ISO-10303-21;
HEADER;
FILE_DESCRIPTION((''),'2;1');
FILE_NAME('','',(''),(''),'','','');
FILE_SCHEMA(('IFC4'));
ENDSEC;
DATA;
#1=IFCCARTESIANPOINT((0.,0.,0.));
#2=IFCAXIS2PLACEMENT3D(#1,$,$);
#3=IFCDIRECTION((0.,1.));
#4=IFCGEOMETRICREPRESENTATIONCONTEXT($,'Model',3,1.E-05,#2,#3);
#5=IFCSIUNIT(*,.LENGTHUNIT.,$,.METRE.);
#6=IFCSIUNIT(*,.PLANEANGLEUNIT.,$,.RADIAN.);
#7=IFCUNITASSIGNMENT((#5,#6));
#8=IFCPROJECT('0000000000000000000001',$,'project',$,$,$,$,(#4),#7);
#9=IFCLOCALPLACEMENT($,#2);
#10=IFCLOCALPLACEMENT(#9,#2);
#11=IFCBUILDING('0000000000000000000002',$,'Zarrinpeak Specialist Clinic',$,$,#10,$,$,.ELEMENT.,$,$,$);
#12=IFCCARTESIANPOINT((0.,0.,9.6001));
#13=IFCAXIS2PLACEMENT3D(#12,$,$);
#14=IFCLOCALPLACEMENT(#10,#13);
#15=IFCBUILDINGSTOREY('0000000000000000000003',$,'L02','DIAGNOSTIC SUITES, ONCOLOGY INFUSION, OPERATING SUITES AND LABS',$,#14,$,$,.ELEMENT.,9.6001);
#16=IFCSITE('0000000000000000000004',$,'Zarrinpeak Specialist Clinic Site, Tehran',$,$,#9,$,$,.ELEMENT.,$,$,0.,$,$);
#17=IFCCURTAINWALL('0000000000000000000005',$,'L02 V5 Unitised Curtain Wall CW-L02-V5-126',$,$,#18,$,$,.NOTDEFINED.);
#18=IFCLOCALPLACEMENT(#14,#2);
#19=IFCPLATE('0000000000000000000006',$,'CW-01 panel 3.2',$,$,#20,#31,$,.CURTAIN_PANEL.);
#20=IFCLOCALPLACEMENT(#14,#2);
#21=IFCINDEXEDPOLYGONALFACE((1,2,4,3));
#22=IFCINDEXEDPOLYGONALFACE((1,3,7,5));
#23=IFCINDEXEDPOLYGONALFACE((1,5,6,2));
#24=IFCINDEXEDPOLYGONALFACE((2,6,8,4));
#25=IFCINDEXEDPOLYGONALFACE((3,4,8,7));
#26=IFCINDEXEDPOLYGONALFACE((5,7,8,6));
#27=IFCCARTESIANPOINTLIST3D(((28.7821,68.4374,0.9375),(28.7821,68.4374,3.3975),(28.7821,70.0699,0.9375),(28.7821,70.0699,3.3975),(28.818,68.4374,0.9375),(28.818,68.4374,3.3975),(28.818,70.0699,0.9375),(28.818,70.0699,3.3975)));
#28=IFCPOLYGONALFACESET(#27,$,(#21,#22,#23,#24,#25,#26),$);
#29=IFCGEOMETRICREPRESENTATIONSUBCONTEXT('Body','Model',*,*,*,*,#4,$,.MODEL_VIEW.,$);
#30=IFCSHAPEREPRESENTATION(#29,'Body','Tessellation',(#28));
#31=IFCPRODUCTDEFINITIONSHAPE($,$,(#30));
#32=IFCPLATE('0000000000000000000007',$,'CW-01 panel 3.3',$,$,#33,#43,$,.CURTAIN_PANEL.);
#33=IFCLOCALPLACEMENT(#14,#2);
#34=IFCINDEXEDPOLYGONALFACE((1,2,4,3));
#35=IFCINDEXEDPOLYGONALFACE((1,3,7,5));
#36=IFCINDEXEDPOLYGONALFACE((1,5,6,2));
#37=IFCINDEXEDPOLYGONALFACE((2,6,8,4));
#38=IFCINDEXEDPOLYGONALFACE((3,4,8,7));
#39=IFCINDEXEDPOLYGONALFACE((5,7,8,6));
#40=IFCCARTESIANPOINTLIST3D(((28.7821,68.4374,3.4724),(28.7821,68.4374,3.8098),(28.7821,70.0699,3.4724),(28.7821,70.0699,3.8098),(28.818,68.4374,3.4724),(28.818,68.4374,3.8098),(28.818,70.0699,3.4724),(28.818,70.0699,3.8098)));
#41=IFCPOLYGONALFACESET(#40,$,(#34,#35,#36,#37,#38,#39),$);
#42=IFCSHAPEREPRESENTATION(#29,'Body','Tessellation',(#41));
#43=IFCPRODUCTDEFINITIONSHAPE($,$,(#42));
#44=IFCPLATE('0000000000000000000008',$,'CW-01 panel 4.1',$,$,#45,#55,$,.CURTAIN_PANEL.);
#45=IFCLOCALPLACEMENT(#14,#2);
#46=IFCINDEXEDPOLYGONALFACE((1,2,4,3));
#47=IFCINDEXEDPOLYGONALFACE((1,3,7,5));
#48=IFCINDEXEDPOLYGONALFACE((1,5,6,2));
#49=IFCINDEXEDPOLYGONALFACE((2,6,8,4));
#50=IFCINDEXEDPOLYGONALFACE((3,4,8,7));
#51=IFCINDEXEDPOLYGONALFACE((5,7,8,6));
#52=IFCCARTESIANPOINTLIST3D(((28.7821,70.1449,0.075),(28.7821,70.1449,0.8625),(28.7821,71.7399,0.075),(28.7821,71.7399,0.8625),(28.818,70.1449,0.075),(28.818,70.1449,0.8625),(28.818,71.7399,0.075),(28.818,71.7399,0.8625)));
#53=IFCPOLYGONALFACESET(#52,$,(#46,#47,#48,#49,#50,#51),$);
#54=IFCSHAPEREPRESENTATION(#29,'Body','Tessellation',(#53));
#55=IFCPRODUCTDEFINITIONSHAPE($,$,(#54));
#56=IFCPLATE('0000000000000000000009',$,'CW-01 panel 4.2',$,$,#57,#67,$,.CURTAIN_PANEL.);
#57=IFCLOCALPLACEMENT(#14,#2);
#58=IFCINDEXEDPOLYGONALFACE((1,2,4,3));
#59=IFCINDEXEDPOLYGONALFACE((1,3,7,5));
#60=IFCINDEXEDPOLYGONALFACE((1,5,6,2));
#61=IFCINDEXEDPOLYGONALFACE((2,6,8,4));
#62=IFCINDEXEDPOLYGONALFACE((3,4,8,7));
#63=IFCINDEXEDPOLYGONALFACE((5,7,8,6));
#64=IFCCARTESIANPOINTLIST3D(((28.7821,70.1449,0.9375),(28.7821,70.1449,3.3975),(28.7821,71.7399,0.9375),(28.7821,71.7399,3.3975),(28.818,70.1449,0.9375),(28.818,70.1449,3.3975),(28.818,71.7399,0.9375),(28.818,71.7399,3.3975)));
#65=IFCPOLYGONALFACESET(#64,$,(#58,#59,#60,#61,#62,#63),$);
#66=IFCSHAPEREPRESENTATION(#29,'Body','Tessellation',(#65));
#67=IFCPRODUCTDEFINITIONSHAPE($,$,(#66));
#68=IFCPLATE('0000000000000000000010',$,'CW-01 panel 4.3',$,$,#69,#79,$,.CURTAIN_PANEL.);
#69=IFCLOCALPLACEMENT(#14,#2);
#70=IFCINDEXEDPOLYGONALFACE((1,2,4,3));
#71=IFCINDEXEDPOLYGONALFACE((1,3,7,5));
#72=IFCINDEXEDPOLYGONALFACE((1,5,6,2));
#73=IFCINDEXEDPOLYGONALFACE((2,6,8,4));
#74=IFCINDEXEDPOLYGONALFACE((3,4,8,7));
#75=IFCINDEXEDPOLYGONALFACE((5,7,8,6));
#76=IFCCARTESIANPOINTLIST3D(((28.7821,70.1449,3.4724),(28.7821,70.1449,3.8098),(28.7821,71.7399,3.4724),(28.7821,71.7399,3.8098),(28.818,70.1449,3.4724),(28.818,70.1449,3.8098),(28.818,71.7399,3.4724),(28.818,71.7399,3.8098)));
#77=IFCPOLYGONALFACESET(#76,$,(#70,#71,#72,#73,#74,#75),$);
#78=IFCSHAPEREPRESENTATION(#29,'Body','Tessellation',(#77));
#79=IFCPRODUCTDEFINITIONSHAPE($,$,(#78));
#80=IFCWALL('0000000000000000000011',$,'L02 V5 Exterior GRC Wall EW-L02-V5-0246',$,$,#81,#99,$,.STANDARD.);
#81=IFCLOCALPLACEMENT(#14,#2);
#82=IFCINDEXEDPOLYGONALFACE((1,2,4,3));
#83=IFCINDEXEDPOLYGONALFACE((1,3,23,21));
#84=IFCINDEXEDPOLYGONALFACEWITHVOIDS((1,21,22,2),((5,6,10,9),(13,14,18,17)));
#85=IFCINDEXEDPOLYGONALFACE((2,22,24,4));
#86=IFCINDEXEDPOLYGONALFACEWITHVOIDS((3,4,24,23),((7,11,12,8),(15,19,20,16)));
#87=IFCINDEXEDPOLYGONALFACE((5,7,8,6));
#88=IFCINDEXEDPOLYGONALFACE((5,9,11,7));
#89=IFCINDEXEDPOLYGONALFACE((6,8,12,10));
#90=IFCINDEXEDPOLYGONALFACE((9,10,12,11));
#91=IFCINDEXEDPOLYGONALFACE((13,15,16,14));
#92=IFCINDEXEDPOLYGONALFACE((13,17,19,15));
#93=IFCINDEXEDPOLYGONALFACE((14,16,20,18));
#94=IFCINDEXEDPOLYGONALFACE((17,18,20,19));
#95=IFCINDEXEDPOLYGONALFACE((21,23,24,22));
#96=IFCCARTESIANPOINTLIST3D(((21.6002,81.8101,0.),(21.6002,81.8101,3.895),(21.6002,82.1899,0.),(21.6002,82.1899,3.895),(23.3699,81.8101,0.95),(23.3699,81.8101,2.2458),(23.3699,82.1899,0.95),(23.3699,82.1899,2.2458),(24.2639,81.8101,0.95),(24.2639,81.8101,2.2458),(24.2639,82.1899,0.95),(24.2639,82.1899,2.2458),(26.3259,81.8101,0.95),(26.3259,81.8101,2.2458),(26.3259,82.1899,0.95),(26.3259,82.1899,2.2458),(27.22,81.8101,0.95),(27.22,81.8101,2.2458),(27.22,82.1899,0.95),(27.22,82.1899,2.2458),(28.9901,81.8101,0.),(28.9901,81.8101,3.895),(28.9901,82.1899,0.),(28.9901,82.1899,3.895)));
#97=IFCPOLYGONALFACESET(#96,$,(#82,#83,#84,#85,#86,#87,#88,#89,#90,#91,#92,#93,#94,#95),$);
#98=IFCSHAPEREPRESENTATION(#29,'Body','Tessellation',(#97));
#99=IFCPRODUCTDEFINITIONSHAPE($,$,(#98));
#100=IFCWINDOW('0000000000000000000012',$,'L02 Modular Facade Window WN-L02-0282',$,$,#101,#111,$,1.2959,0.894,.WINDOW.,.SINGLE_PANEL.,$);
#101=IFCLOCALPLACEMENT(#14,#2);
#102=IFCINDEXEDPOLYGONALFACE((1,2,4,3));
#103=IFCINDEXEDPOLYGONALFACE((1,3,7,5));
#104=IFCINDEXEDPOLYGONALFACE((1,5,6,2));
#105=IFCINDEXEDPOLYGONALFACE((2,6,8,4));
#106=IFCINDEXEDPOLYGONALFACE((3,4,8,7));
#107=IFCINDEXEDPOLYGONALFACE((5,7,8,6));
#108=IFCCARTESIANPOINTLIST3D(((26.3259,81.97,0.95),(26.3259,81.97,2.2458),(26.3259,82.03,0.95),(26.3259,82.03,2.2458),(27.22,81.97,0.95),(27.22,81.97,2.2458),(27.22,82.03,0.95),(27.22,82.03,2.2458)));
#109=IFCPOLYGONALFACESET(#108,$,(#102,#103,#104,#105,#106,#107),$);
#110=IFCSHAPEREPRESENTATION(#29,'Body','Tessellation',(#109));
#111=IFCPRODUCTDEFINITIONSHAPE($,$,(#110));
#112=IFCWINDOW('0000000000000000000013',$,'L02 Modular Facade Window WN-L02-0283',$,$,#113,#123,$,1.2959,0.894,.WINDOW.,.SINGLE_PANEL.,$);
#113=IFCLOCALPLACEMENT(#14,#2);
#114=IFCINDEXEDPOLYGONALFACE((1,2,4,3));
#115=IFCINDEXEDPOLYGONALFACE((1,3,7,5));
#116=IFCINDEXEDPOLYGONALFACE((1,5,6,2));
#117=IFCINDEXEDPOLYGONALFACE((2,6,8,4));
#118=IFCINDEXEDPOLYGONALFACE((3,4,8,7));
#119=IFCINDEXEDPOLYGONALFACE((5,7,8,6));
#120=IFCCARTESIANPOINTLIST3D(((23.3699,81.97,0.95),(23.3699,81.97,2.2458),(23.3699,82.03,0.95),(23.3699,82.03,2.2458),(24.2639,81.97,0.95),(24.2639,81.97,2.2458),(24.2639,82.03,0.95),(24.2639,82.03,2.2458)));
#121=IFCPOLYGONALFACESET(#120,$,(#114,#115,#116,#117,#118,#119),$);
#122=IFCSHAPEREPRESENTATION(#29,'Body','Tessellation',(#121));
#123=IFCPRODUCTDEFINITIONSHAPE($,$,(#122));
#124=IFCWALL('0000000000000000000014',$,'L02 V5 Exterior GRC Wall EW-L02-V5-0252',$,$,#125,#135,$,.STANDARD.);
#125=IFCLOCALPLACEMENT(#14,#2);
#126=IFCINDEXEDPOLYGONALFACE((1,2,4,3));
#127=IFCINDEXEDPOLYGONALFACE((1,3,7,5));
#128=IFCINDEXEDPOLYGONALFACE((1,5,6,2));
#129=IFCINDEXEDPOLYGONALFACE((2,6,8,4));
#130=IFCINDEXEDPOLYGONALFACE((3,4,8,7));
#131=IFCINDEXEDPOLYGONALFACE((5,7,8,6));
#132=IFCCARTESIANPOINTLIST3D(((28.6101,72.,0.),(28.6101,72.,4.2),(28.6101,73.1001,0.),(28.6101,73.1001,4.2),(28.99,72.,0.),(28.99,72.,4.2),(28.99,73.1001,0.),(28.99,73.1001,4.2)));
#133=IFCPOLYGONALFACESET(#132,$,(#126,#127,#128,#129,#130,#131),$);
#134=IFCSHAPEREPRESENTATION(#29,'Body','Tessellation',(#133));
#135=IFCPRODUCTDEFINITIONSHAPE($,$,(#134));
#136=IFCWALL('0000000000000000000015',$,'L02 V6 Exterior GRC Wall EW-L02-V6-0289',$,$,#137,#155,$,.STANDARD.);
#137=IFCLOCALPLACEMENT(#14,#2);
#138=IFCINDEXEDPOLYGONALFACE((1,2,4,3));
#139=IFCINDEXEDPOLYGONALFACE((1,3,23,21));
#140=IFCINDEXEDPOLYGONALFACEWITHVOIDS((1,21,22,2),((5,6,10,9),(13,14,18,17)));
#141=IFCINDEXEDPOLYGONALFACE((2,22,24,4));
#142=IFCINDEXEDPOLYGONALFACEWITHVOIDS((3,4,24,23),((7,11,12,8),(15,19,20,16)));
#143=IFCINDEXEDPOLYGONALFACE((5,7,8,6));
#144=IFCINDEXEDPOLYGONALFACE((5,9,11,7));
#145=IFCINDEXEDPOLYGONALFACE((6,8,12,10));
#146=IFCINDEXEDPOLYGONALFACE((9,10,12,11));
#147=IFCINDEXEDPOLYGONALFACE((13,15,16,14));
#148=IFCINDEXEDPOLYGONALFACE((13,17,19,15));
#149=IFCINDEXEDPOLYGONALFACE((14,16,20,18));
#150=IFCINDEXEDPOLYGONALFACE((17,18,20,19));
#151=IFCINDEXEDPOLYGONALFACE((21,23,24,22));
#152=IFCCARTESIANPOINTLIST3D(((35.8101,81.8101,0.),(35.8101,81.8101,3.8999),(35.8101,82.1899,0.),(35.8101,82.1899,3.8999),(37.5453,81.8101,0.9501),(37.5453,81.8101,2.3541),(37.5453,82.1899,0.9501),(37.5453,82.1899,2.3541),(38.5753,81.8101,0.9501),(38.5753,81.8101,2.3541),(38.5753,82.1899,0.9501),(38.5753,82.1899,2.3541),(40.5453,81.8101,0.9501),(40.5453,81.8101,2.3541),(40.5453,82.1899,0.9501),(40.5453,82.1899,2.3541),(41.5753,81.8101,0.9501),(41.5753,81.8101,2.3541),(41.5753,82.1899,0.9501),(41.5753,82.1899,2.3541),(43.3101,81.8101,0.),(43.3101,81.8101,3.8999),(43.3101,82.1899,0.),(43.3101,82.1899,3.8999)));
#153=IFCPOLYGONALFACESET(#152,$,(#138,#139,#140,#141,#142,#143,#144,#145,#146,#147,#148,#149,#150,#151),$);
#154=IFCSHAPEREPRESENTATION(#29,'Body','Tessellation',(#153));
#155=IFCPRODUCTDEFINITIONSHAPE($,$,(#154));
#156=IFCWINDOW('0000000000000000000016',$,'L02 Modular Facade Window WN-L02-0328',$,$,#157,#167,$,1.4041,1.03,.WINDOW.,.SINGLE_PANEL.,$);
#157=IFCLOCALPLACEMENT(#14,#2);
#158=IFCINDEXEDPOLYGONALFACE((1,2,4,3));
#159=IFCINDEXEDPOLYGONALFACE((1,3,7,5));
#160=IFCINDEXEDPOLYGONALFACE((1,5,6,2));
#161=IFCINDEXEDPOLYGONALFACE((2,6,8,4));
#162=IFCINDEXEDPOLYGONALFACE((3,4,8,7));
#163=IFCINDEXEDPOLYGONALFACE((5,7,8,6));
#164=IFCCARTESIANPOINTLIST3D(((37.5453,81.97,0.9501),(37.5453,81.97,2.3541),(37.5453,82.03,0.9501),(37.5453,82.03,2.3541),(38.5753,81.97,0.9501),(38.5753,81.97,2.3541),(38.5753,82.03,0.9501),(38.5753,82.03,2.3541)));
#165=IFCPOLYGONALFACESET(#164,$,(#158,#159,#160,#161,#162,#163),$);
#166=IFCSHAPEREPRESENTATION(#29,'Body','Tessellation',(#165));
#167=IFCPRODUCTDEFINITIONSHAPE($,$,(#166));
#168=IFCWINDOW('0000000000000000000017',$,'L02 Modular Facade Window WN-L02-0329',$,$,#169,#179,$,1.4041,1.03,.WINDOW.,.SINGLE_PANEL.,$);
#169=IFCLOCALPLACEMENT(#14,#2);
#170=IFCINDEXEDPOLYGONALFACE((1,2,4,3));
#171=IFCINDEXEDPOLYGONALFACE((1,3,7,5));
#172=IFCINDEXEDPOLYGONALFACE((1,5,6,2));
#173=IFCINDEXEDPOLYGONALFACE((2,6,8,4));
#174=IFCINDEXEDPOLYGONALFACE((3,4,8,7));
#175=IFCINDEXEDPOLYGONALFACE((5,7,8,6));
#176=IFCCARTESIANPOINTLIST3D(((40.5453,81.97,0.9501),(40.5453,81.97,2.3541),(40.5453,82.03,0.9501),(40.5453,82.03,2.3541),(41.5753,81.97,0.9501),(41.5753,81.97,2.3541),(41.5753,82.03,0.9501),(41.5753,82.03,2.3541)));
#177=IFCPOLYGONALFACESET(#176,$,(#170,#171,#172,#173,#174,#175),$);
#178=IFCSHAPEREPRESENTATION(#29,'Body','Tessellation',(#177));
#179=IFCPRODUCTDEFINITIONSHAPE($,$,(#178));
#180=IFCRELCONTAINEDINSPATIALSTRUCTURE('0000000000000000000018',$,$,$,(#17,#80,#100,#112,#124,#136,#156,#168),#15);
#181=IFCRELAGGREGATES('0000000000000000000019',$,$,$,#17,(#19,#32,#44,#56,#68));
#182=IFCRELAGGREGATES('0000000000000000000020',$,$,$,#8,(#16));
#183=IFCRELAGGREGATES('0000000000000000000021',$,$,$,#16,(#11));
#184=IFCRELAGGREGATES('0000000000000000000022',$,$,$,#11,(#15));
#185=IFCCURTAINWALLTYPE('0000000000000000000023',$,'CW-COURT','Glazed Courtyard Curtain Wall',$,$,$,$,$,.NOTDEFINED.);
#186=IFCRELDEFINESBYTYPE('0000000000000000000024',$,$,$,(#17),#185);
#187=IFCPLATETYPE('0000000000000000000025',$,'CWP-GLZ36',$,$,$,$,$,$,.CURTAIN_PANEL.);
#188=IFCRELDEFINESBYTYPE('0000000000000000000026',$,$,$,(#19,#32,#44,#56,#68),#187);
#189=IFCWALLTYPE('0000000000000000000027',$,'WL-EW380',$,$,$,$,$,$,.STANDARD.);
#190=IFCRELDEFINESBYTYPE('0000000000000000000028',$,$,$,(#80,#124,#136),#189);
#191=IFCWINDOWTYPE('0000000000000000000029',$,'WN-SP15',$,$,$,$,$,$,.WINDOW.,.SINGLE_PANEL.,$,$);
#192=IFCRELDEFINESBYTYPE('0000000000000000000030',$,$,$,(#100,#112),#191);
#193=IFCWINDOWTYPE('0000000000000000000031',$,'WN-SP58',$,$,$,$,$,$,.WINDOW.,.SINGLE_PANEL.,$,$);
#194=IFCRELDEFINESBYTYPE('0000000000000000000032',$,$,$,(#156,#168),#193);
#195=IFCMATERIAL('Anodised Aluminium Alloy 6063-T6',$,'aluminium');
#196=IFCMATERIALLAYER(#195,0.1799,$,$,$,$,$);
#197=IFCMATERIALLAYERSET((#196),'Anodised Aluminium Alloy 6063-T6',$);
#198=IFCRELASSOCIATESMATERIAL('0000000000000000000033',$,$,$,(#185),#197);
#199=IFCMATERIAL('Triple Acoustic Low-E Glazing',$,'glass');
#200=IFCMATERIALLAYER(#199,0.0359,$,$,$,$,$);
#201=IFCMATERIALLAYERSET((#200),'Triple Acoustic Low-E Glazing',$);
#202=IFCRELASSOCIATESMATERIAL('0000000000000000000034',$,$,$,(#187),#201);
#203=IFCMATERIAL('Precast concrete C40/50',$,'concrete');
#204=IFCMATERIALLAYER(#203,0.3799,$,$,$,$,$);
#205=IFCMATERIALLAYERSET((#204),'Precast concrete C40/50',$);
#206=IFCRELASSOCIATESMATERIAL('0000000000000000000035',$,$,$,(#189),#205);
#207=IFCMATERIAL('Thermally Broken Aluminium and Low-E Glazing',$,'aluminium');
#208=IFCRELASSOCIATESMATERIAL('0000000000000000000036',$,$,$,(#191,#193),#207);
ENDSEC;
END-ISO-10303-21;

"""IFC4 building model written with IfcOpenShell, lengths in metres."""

from ifc_helpers import new_model, si_unit, direction, frame, frame_2d, origin, origin_2d, place, context, subcontext, project, spatial, rectangle, extrude, material, layer, layer_set, type_object, element, fill, aggregate, save


model = new_model("IFC4")

# Units and contexts
model_context = context("Model", 3, precision=1e-05, world=origin(), true_north=direction((0.0, 1.0)))
body_context = subcontext(model_context, "Body", "Model", "MODEL_VIEW")
ifc_project = project(units=[si_unit("LENGTHUNIT", "METRE"), si_unit("PLANEANGLEUNIT", "RADIAN")], contexts=[model_context])

# Site, building, storey
site_placement = place(None, origin())
site = spatial("IfcSite", under=ifc_project, at=site_placement, Name="Zarrinpeak Specialist Clinic Site, Tehran", CompositionType="ELEMENT", RefElevation=0.0)
building_placement = place(site_placement, origin())
building = spatial("IfcBuilding", under=site, at=building_placement, Name="Zarrinpeak Specialist Clinic", CompositionType="ELEMENT")
storey_placement = place(building_placement, frame((0.0, 0.0, 9.6001)))
storey = spatial("IfcBuildingStorey", under=building, at=storey_placement, Name="L02", Description="DIAGNOSTIC SUITES, ONCOLOGY INFUSION, OPERATING SUITES AND LABS", CompositionType="ELEMENT", Elevation=9.6001)

# Curtain wall, plates
ifc_material_1 = material(Name="Anodised Aluminium Alloy 6063-T6", Category="aluminium")
ifc_layer_1 = layer(ifc_material_1, 0.1799)
ifc_layer_set_1 = layer_set([ifc_layer_1], Name="Anodised Aluminium Alloy 6063-T6")
curtain_wall_type = type_object("IfcCurtainWallType", Name="CW-COURT", Description="Glazed Courtyard Curtain Wall", PredefinedType="NOTDEFINED", material=ifc_layer_set_1)
curtain_wall_placement = place(storey_placement, origin())
curtain_wall = element("IfcCurtainWall", 1, at=curtain_wall_placement, inside=storey, type_object=curtain_wall_type, Name="L02 V5 Unitised Curtain Wall CW-L02-V5-126", PredefinedType="NOTDEFINED")
ifc_material_2 = material(Name="Triple Acoustic Low-E Glazing", Category="glass")
ifc_layer_2 = layer(ifc_material_2, 0.0359)
ifc_layer_set_2 = layer_set([ifc_layer_2], Name="Triple Acoustic Low-E Glazing")
plate_type = type_object("IfcPlateType", Name="CWP-GLZ36", PredefinedType="CURTAIN_PANEL", material=ifc_layer_set_2)
plate_1_placement = place(storey_placement, frame((28.8, 69.2537, 0.9375), z_axis=(0.0, 0.0, 1.0), x_axis=(0.0, 1.0, 0.0)))
plate_1 = element("IfcPlate", 2, at=plate_1_placement, type_object=plate_type, Name="CW-01 panel 3.2", PredefinedType="CURTAIN_PANEL", context=body_context, shape_type="SweptSolid", body=[
    extrude(rectangle(XDim=1.6326, YDim=0.0359, at=origin_2d()), origin(), (0.0, 0.0, 1.0), 2.46),
])
plate_2_placement = place(storey_placement, frame((28.8, 69.2537, 3.4724), z_axis=(0.0, 0.0, 1.0), x_axis=(0.0, 1.0, 0.0)))
plate_2 = element("IfcPlate", 3, at=plate_2_placement, type_object=plate_type, Name="CW-01 panel 3.3", PredefinedType="CURTAIN_PANEL", context=body_context, shape_type="SweptSolid", body=[
    extrude(rectangle(XDim=1.6326, YDim=0.0359, at=origin_2d()), origin(), (0.0, 0.0, 1.0), 0.3374),
])
plate_3_placement = place(storey_placement, frame((28.8, 70.9424, 0.075), z_axis=(0.0, 0.0, 1.0), x_axis=(0.0, 1.0, 0.0)))
plate_3 = element("IfcPlate", 4, at=plate_3_placement, type_object=plate_type, Name="CW-01 panel 4.1", PredefinedType="CURTAIN_PANEL", context=body_context, shape_type="SweptSolid", body=[
    extrude(rectangle(XDim=1.595, YDim=0.0359, at=origin_2d()), origin(), (0.0, 0.0, 1.0), 0.7876),
])
plate_4_placement = place(storey_placement, frame((28.8, 70.9424, 0.9375), z_axis=(0.0, 0.0, 1.0), x_axis=(0.0, 1.0, 0.0)))
plate_4 = element("IfcPlate", 5, at=plate_4_placement, type_object=plate_type, Name="CW-01 panel 4.2", PredefinedType="CURTAIN_PANEL", context=body_context, shape_type="SweptSolid", body=[
    extrude(rectangle(XDim=1.595, YDim=0.0359, at=origin_2d()), origin(), (0.0, 0.0, 1.0), 2.46),
])
plate_5_placement = place(storey_placement, frame((28.8, 70.9424, 3.4724), z_axis=(0.0, 0.0, 1.0), x_axis=(0.0, 1.0, 0.0)))
plate_5 = element("IfcPlate", 6, at=plate_5_placement, type_object=plate_type, Name="CW-01 panel 4.3", PredefinedType="CURTAIN_PANEL", context=body_context, shape_type="SweptSolid", body=[
    extrude(rectangle(XDim=1.595, YDim=0.0359, at=origin_2d()), origin(), (0.0, 0.0, 1.0), 0.3374),
])
aggregate(curtain_wall, [plate_1, plate_2, plate_3, plate_4, plate_5])

# Wall, openings, windows
ifc_material_3 = material(Name="Precast concrete C40/50", Category="concrete")
ifc_layer_3 = layer(ifc_material_3, 0.3799)
ifc_layer_set_3 = layer_set([ifc_layer_3], Name="Precast concrete C40/50")
wall_type = type_object("IfcWallType", Name="WL-EW380", PredefinedType="STANDARD", material=ifc_layer_set_3)
wall_1_placement = place(storey_placement, frame((28.99, 82.0, 0.0), z_axis=(0.0, 0.0, 1.0), x_axis=(-1.0, 0.0, 0.0)))
wall_1 = element("IfcWall", 7, at=wall_1_placement, inside=storey, type_object=wall_type, Name="L02 V5 Exterior GRC Wall EW-L02-V5-0246", PredefinedType="STANDARD", context=body_context, shape_type="SweptSolid", body=[
    extrude(rectangle(XDim=7.3899, YDim=0.3799, at=frame_2d((3.6948, 0.0))), origin(), (0.0, 0.0, 1.0), 3.895),
])
opening_1_placement = place(wall_1_placement, frame((1.77, 0.0, 0.95)))
opening_1 = element("IfcOpeningElement", 8, at=opening_1_placement, cuts=wall_1, PredefinedType="OPENING", context=body_context, shape_type="SweptSolid", body=[
    extrude(rectangle(XDim=0.894, YDim=1.2959, at=frame_2d((0.447, 0.6479))), frame((0.0, 0.2, 0.0), z_axis=(0.0, -1.0, 0.0), x_axis=(1.0, 0.0, 0.0)), (0.0, 0.0, 1.0), 0.3999),
])
opening_2_placement = place(wall_1_placement, frame((4.7261, 0.0, 0.95)))
opening_2 = element("IfcOpeningElement", 9, at=opening_2_placement, cuts=wall_1, PredefinedType="OPENING", context=body_context, shape_type="SweptSolid", body=[
    extrude(rectangle(XDim=0.894, YDim=1.2959, at=frame_2d((0.447, 0.6479))), frame((0.0, 0.2, 0.0), z_axis=(0.0, -1.0, 0.0), x_axis=(1.0, 0.0, 0.0)), (0.0, 0.0, 1.0), 0.3999),
])
ifc_material_4 = material(Name="Thermally Broken Aluminium and Low-E Glazing", Category="aluminium")
window_type_1 = type_object("IfcWindowType", Name="WN-SP15", PartitioningType="SINGLE_PANEL", PredefinedType="WINDOW", material=ifc_material_4)
window_1_placement = place(opening_1_placement, origin())
window_1 = element("IfcWindow", 10, at=window_1_placement, inside=storey, type_object=window_type_1, Name="L02 Modular Facade Window WN-L02-0282", OverallHeight=1.2959, OverallWidth=0.894, PartitioningType="SINGLE_PANEL", PredefinedType="WINDOW", context=body_context, shape_type="SweptSolid", body=[
    extrude(rectangle(XDim=0.894, YDim=1.2959, at=frame_2d((0.447, 0.6479))), frame((0.0, 0.03, 0.0), z_axis=(0.0, -1.0, 0.0), x_axis=(1.0, 0.0, 0.0)), (0.0, 0.0, 1.0), 0.0601),
])
fill(opening_1, window_1)
window_2_placement = place(opening_2_placement, origin())
window_2 = element("IfcWindow", 11, at=window_2_placement, inside=storey, type_object=window_type_1, Name="L02 Modular Facade Window WN-L02-0283", OverallHeight=1.2959, OverallWidth=0.894, PartitioningType="SINGLE_PANEL", PredefinedType="WINDOW", context=body_context, shape_type="SweptSolid", body=[
    extrude(rectangle(XDim=0.894, YDim=1.2959, at=frame_2d((0.447, 0.6479))), frame((0.0, 0.03, 0.0), z_axis=(0.0, -1.0, 0.0), x_axis=(1.0, 0.0, 0.0)), (0.0, 0.0, 1.0), 0.0601),
])
fill(opening_2, window_2)

# Wall
wall_2_placement = place(storey_placement, frame((28.8, 72.0, 0.0), z_axis=(0.0, 0.0, 1.0), x_axis=(0.0, 1.0, 0.0)))
element("IfcWall", 12, at=wall_2_placement, inside=storey, type_object=wall_type, Name="L02 V5 Exterior GRC Wall EW-L02-V5-0252", PredefinedType="STANDARD", context=body_context, shape_type="SweptSolid", body=[
    extrude(rectangle(XDim=1.1001, YDim=0.3799, at=frame_2d((0.55, 0.0))), origin(), (0.0, 0.0, 1.0), 4.2),
])

# Wall, openings, windows
wall_3_placement = place(storey_placement, frame((35.8101, 82.0, 0.0), z_axis=(0.0, 0.0, 1.0), x_axis=(1.0, 0.0, 0.0)))
wall_3 = element("IfcWall", 13, at=wall_3_placement, inside=storey, type_object=wall_type, Name="L02 V6 Exterior GRC Wall EW-L02-V6-0289", PredefinedType="STANDARD", context=body_context, shape_type="SweptSolid", body=[
    extrude(rectangle(XDim=7.5, YDim=0.3799, at=frame_2d((3.75, 0.0))), origin(), (0.0, 0.0, 1.0), 3.8999),
])
opening_3_placement = place(wall_3_placement, frame((1.7351, 0.0, 0.95)))
opening_3 = element("IfcOpeningElement", 14, at=opening_3_placement, cuts=wall_3, PredefinedType="OPENING", context=body_context, shape_type="SweptSolid", body=[
    extrude(rectangle(XDim=1.03, YDim=1.4041, at=frame_2d((0.5151, 0.7021))), frame((0.0, 0.2, 0.0), z_axis=(0.0, -1.0, 0.0), x_axis=(1.0, 0.0, 0.0)), (0.0, 0.0, 1.0), 0.3999),
])
opening_4_placement = place(wall_3_placement, frame((4.7351, 0.0, 0.95)))
opening_4 = element("IfcOpeningElement", 15, at=opening_4_placement, cuts=wall_3, PredefinedType="OPENING", context=body_context, shape_type="SweptSolid", body=[
    extrude(rectangle(XDim=1.03, YDim=1.4041, at=frame_2d((0.5151, 0.7021))), frame((0.0, 0.2, 0.0), z_axis=(0.0, -1.0, 0.0), x_axis=(1.0, 0.0, 0.0)), (0.0, 0.0, 1.0), 0.3999),
])
window_type_2 = type_object("IfcWindowType", Name="WN-SP58", PartitioningType="SINGLE_PANEL", PredefinedType="WINDOW", material=ifc_material_4)
window_3_placement = place(opening_3_placement, origin())
window_3 = element("IfcWindow", 16, at=window_3_placement, inside=storey, type_object=window_type_2, Name="L02 Modular Facade Window WN-L02-0328", OverallHeight=1.4041, OverallWidth=1.03, PartitioningType="SINGLE_PANEL", PredefinedType="WINDOW", context=body_context, shape_type="SweptSolid", body=[
    extrude(rectangle(XDim=1.03, YDim=1.4041, at=frame_2d((0.5151, 0.7021))), frame((0.0, 0.03, 0.0), z_axis=(0.0, -1.0, 0.0), x_axis=(1.0, 0.0, 0.0)), (0.0, 0.0, 1.0), 0.0601),
])
fill(opening_3, window_3)
window_4_placement = place(opening_4_placement, origin())
window_4 = element("IfcWindow", 17, at=window_4_placement, inside=storey, type_object=window_type_2, Name="L02 Modular Facade Window WN-L02-0329", OverallHeight=1.4041, OverallWidth=1.03, PartitioningType="SINGLE_PANEL", PredefinedType="WINDOW", context=body_context, shape_type="SweptSolid", body=[
    extrude(rectangle(XDim=1.03, YDim=1.4041, at=frame_2d((0.5151, 0.7021))), frame((0.0, 0.03, 0.0), z_axis=(0.0, -1.0, 0.0), x_axis=(1.0, 0.0, 0.0)), (0.0, 0.0, 1.0), 0.0601),
])
fill(opening_4, window_4)

save(model, "model.ifc")
